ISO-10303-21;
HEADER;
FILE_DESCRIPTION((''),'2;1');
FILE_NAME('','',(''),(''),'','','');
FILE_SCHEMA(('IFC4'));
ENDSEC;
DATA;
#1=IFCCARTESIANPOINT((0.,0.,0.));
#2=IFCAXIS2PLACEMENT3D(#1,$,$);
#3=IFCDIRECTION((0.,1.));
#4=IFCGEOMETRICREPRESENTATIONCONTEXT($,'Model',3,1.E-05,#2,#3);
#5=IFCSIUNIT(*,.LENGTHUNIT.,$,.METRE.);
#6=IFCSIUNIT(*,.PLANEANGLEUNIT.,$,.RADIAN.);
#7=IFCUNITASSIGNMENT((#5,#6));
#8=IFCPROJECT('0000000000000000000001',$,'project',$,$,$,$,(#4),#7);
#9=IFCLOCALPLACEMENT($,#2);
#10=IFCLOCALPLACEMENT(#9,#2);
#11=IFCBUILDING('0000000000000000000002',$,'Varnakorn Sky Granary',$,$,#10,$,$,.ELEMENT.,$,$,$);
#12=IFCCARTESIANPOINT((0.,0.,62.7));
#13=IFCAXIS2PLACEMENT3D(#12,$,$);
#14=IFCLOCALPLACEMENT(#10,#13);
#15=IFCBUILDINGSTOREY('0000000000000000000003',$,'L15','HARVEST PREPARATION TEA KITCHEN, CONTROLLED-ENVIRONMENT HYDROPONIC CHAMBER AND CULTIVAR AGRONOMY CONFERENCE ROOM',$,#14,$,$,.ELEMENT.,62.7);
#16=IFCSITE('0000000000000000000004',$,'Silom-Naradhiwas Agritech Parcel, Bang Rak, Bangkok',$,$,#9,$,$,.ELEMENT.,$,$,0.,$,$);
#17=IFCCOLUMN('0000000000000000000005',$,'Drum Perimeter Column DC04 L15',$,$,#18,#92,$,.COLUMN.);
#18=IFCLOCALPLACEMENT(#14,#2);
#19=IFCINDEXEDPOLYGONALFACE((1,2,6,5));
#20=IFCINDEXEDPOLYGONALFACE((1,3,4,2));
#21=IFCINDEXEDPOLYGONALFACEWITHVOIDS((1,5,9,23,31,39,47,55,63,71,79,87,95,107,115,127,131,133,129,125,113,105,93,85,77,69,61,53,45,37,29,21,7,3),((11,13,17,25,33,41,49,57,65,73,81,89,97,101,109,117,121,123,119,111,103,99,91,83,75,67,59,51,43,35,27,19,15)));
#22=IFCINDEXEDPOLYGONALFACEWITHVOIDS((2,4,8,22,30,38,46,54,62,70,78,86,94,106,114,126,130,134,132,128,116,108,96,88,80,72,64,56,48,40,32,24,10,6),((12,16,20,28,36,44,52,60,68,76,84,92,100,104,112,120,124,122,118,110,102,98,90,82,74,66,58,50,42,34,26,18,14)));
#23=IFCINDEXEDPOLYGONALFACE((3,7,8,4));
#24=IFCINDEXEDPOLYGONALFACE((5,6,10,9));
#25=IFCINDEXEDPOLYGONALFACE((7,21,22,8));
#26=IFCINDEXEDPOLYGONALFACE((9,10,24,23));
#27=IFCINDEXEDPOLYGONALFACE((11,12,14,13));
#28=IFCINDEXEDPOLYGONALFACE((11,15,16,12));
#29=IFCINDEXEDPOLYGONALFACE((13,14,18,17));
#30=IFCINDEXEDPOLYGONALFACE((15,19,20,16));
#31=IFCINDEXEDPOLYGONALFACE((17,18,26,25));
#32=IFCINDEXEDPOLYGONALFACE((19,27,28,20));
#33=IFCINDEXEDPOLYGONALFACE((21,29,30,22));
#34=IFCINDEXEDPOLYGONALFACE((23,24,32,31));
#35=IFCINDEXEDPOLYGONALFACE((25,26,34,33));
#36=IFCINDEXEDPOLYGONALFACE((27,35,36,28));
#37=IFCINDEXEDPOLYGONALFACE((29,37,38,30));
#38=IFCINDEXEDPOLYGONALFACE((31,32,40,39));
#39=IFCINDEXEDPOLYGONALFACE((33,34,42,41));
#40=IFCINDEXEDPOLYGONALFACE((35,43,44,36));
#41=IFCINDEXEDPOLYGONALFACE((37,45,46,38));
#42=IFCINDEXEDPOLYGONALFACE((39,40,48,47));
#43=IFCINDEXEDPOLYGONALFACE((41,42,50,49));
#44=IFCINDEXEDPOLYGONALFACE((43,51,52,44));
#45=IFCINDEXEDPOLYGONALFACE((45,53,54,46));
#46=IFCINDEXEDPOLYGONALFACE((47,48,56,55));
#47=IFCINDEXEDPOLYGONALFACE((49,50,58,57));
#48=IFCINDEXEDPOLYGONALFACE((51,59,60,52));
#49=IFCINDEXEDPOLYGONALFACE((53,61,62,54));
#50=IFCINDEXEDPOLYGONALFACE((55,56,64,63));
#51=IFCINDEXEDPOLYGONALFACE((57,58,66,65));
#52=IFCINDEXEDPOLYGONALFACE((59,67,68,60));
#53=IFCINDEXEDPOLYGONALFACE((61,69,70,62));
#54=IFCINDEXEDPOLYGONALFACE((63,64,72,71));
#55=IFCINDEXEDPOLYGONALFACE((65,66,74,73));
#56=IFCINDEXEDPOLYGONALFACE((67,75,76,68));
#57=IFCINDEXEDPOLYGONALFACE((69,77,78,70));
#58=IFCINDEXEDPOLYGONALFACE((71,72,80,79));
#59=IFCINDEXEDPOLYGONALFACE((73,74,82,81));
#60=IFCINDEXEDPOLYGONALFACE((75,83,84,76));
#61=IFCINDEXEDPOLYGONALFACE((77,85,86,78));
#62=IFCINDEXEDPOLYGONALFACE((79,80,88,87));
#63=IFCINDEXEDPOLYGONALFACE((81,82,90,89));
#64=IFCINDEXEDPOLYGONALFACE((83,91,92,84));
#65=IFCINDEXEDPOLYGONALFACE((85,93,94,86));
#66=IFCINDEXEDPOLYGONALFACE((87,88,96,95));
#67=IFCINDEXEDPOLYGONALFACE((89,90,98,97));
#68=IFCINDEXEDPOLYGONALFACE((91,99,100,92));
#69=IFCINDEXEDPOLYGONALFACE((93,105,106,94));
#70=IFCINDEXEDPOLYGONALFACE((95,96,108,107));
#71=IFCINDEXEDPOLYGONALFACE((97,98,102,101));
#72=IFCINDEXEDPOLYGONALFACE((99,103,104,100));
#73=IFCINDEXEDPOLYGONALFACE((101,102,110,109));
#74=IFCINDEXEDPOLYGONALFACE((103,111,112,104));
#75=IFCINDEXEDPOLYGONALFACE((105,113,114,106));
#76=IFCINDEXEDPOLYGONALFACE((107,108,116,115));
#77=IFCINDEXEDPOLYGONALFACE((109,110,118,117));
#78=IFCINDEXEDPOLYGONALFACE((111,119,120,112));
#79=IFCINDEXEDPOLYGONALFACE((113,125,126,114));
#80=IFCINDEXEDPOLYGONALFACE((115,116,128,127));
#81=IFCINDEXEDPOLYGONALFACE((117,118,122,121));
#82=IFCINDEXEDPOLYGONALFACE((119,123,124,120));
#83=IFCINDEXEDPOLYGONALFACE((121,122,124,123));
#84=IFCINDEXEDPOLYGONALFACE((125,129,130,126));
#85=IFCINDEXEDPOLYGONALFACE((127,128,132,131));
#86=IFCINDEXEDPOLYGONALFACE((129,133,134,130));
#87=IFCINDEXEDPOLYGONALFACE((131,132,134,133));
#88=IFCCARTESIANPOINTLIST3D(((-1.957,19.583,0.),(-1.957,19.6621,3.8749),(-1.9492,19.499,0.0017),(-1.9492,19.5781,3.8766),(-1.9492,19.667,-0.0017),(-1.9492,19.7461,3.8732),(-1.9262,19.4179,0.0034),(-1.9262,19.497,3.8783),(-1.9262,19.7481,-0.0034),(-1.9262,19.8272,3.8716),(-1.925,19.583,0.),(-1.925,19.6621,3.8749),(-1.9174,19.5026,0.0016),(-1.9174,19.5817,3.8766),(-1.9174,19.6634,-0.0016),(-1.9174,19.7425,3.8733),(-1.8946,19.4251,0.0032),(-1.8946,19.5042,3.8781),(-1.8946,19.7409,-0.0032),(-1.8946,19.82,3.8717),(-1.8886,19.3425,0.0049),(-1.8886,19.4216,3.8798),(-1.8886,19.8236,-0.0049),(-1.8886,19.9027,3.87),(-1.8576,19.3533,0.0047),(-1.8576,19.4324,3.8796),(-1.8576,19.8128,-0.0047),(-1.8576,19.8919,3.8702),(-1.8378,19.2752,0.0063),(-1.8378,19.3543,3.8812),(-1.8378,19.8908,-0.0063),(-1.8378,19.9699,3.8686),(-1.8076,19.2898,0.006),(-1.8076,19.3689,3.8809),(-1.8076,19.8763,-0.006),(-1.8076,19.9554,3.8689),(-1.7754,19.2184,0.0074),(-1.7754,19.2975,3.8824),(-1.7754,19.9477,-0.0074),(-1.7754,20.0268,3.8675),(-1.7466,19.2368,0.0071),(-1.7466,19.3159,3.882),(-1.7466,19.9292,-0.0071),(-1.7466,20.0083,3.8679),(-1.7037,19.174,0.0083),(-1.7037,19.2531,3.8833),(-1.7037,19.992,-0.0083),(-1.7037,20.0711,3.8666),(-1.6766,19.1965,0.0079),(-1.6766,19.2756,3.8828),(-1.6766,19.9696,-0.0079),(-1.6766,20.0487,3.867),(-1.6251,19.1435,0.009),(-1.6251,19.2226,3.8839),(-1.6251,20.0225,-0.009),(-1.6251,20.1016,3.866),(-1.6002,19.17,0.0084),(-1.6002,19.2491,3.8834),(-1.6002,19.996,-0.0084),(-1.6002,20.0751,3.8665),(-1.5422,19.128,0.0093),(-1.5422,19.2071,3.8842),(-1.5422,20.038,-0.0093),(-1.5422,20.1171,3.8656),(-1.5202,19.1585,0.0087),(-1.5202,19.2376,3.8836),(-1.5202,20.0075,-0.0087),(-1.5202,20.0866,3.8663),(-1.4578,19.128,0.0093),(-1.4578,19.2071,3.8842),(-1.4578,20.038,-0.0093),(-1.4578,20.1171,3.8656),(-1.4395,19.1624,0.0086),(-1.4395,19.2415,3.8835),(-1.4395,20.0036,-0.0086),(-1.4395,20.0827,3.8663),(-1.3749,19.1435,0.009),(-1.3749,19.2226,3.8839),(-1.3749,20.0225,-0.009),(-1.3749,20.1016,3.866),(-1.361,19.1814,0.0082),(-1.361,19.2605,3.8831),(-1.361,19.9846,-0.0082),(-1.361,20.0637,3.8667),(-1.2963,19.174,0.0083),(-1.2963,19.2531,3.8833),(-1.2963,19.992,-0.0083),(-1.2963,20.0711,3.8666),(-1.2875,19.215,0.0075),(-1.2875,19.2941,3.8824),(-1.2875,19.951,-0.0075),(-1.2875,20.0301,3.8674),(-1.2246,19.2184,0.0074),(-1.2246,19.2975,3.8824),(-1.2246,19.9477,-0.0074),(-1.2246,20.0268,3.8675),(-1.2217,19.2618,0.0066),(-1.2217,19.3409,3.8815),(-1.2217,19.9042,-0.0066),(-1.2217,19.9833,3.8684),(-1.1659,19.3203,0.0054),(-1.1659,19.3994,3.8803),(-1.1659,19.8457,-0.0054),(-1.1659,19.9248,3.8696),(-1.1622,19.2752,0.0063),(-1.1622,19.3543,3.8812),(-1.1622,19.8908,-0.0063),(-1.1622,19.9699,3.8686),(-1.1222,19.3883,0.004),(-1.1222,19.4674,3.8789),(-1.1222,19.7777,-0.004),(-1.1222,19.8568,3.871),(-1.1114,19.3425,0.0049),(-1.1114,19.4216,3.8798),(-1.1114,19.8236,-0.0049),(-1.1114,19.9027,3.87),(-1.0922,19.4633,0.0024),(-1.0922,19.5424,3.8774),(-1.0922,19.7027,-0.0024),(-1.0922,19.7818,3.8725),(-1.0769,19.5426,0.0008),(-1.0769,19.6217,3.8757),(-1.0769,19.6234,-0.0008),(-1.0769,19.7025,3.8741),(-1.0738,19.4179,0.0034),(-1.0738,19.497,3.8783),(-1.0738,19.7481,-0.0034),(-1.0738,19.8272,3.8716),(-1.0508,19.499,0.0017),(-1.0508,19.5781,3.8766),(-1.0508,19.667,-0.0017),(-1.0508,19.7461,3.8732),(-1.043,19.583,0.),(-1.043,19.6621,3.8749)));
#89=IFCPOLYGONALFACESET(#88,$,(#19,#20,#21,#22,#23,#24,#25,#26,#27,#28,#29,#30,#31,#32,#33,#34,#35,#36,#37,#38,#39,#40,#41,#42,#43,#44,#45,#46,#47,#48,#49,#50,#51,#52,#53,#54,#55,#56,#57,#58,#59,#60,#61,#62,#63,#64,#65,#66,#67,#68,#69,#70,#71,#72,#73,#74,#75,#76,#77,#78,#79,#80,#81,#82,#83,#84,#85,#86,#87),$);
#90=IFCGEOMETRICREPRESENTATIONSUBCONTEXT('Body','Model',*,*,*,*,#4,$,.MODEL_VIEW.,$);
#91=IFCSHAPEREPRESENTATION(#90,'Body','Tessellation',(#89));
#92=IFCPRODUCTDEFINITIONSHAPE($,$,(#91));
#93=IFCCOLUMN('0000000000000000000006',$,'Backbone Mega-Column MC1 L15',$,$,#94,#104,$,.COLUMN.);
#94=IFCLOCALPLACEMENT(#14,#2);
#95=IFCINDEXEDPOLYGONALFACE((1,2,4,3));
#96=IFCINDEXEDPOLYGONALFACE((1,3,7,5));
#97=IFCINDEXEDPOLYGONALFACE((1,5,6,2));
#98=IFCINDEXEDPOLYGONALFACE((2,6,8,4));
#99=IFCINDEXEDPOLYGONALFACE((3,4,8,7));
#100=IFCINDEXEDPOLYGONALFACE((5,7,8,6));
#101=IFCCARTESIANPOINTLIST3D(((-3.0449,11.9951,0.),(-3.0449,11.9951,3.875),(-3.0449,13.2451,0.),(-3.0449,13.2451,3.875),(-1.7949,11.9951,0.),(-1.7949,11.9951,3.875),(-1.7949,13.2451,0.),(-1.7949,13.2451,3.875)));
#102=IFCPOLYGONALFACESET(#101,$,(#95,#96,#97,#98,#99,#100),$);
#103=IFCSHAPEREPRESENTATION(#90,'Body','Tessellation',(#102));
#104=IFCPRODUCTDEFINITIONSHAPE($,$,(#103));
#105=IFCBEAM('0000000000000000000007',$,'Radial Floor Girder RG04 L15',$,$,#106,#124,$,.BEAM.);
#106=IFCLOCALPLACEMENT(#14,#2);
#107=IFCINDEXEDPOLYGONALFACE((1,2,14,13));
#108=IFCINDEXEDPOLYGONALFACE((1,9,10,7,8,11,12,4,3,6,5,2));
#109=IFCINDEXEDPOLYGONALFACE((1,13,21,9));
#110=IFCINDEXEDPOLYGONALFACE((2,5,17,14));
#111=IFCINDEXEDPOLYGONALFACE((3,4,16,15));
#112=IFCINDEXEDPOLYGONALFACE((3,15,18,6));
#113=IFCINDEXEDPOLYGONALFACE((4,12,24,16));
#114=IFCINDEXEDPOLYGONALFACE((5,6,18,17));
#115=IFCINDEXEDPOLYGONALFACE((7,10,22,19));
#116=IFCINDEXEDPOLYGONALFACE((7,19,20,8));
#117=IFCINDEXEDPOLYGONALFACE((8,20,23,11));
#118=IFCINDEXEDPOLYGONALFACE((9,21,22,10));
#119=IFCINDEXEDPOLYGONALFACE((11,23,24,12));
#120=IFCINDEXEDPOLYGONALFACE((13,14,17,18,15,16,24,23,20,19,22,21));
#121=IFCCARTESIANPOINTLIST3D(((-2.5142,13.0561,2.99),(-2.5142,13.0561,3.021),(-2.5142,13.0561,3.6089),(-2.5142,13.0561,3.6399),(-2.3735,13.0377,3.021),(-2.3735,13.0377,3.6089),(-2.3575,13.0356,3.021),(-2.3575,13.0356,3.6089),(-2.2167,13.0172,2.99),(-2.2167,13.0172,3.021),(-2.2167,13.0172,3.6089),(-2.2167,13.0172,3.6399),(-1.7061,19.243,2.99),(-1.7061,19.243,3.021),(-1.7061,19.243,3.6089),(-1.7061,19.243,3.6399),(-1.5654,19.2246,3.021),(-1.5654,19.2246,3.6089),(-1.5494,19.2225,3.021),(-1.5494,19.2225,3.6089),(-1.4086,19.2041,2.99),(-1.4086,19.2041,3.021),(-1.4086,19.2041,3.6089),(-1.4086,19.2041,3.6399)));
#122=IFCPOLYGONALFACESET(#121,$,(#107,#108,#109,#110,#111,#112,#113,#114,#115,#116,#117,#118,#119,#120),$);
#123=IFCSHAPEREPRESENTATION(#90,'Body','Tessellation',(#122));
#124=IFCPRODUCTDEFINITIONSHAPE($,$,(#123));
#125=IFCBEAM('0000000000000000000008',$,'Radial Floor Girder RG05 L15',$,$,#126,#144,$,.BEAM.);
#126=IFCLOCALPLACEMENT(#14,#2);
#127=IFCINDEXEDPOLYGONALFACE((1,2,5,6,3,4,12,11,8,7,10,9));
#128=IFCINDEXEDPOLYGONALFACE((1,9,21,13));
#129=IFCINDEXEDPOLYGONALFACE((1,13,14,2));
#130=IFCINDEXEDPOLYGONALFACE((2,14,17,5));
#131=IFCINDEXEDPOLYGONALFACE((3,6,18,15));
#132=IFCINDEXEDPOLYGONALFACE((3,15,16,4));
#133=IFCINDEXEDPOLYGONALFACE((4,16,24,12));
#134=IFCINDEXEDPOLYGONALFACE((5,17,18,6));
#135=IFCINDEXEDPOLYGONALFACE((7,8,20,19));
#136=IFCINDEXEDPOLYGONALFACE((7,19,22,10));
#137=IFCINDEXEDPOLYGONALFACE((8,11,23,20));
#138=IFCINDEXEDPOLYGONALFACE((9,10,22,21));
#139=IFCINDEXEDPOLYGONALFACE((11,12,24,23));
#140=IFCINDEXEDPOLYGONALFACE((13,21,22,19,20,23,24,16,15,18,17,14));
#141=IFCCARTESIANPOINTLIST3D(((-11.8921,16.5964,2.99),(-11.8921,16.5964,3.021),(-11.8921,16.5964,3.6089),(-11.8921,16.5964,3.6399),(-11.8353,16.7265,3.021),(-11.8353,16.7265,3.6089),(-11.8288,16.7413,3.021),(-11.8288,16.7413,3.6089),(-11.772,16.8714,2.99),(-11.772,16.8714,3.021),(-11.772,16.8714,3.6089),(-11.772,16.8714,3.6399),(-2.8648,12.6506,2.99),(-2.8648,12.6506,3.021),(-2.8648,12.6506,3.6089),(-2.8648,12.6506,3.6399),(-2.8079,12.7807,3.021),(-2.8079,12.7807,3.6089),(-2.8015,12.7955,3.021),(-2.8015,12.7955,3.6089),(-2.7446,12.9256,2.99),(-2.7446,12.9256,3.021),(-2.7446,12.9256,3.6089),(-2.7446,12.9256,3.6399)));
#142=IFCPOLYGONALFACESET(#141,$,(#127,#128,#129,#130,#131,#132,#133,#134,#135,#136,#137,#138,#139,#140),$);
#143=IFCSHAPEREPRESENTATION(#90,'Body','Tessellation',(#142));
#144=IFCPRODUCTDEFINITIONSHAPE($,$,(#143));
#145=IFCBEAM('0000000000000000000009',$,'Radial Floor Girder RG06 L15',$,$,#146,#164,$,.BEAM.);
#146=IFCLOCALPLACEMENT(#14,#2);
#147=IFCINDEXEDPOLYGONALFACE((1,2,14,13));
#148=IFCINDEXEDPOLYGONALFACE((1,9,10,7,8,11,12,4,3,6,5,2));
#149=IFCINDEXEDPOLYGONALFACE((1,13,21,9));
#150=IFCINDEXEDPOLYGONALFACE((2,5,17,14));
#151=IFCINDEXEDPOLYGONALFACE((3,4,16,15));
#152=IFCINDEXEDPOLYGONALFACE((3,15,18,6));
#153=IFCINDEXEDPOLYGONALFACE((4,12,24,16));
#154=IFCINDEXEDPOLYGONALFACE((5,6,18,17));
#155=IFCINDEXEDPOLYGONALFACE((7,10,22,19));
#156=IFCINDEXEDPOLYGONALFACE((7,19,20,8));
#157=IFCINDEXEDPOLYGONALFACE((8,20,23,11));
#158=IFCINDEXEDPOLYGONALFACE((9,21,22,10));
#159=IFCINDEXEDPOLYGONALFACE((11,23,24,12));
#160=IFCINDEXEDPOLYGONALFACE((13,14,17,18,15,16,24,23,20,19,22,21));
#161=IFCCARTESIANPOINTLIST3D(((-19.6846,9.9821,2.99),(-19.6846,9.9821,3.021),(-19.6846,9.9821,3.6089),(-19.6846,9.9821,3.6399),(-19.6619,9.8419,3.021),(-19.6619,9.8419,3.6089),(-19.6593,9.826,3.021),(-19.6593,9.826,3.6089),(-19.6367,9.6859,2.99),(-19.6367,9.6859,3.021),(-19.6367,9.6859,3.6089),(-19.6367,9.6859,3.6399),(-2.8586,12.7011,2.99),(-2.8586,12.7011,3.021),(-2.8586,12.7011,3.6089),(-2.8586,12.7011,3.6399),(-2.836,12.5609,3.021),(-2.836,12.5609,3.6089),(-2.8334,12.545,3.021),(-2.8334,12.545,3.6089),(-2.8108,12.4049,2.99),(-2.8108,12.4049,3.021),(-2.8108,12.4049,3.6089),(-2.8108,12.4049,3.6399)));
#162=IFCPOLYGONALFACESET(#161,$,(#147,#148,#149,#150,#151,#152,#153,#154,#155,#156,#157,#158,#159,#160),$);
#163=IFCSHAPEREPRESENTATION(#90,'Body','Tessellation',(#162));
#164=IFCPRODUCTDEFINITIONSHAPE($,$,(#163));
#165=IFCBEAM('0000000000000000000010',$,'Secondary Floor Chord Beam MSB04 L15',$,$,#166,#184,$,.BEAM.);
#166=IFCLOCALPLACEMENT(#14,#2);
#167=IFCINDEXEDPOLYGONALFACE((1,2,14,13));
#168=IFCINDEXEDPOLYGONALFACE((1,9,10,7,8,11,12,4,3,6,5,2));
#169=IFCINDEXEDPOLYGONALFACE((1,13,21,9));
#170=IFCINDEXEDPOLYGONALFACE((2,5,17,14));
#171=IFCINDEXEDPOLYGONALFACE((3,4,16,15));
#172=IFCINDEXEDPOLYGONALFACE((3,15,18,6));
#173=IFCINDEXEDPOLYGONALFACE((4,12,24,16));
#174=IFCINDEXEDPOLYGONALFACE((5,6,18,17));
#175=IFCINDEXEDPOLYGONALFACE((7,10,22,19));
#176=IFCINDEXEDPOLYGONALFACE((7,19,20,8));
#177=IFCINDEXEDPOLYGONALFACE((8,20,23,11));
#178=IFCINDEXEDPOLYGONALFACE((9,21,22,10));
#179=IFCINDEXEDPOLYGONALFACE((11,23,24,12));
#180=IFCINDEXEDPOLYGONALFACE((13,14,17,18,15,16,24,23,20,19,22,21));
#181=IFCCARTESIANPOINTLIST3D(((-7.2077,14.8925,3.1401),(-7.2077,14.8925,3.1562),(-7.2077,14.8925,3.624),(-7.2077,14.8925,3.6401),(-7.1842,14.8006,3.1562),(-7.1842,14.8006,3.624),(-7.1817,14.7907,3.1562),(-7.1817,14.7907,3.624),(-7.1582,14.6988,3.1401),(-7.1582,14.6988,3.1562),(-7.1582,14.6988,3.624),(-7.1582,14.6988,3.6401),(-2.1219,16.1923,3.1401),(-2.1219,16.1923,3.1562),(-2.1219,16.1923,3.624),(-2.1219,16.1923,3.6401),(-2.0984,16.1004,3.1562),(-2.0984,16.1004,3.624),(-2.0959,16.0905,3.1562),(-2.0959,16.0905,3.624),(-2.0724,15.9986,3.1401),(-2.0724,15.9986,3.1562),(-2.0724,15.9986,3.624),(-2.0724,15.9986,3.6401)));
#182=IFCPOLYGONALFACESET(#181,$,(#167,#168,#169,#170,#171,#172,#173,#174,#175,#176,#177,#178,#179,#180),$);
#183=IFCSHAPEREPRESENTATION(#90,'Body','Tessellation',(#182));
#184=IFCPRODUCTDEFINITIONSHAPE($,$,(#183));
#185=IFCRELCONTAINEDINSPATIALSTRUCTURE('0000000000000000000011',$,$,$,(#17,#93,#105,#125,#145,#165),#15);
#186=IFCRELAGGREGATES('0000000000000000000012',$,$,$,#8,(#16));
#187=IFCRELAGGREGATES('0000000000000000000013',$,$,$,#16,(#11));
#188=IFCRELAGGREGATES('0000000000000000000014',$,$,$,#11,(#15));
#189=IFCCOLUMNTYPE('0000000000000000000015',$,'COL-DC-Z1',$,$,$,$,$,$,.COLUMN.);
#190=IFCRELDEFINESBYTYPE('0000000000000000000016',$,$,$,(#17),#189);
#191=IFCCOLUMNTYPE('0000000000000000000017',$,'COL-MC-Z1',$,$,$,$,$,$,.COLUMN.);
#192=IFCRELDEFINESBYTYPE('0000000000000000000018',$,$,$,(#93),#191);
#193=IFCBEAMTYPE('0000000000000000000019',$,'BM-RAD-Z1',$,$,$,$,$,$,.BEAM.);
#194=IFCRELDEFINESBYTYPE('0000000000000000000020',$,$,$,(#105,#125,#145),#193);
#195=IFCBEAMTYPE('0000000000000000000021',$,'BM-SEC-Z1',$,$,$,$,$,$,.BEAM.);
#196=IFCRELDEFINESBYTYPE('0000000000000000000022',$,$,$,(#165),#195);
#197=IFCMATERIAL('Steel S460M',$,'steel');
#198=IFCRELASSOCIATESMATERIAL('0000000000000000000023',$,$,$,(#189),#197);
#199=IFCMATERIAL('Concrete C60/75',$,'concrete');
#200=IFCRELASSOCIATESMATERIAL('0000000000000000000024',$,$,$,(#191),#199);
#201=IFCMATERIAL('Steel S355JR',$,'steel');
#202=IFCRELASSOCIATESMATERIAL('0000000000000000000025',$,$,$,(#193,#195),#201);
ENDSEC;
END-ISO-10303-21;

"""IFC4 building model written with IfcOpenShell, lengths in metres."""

from ifc_helpers import new_model, si_unit, direction, frame, origin, origin_2d, place, context, subcontext, project, spatial, rectangle, hollow_circle, i_section, extrude, material, material_profile, profile_set, type_object, element, save


model = new_model("IFC4")

# Units and contexts
model_context = context("Model", 3, precision=1e-05, world=origin(), true_north=direction((0.0, 1.0)))
body_context = subcontext(model_context, "Body", "Model", "MODEL_VIEW")
ifc_project = project(units=[si_unit("LENGTHUNIT", "METRE"), si_unit("PLANEANGLEUNIT", "RADIAN")], contexts=[model_context])

# Site, building, storey
site_placement = place(None, origin())
site = spatial("IfcSite", under=ifc_project, at=site_placement, Name="Silom-Naradhiwas Agritech Parcel, Bang Rak, Bangkok", CompositionType="ELEMENT", RefElevation=0.0)
building_placement = place(site_placement, origin())
building = spatial("IfcBuilding", under=site, at=building_placement, Name="Varnakorn Sky Granary", CompositionType="ELEMENT")
storey_placement = place(building_placement, frame((0.0, 0.0, 62.7)))
storey = spatial("IfcBuildingStorey", under=building, at=storey_placement, Name="L15", Description="HARVEST PREPARATION TEA KITCHEN, CONTROLLED-ENVIRONMENT HYDROPONIC CHAMBER AND CULTIVAR AGRONOMY CONFERENCE ROOM", CompositionType="ELEMENT", Elevation=62.7)

# Columns
ifc_material_1 = material(Name="Steel S460M", Category="steel")
ifc_material_profile_1 = material_profile(ifc_material_1, hollow_circle(Radius=0.457, WallThickness=0.032, at=origin_2d()), Name="CHS 914x32")
ifc_profile_set_1 = profile_set([ifc_material_profile_1], Name="Steel S460M")
column_type_1 = type_object("IfcColumnType", Name="COL-DC-Z1", PredefinedType="COLUMN", material=ifc_profile_set_1)
column_1_placement = place(storey_placement, frame((-1.5, 19.583, 0.0), z_axis=(0.0, 0.020409, 0.999792), x_axis=(-1.0, 0.0, 0.0)))
element("IfcColumn", 1, at=column_1_placement, inside=storey, type_object=column_type_1, Name="Drum Perimeter Column DC04 L15", PredefinedType="COLUMN", context=body_context, shape_type="SweptSolid", body=[
    extrude(hollow_circle(Radius=0.457, WallThickness=0.032, at=origin_2d()), origin(), (0.0, 0.0, 1.0), 3.8757),
])
ifc_material_2 = material(Name="Concrete C60/75", Category="concrete")
ifc_material_profile_2 = material_profile(ifc_material_2, rectangle(XDim=1.25, YDim=1.25, at=origin_2d()), Name="RC 1250x1250")
ifc_profile_set_2 = profile_set([ifc_material_profile_2], Name="Concrete C60/75")
column_type_2 = type_object("IfcColumnType", Name="COL-MC-Z1", PredefinedType="COLUMN", material=ifc_profile_set_2)
column_2_placement = place(storey_placement, frame((-2.4199, 12.6201, 0.0), z_axis=(0.0, 0.0, 1.0), x_axis=(1.0, 0.0, 0.0)))
element("IfcColumn", 2, at=column_2_placement, inside=storey, type_object=column_type_2, Name="Backbone Mega-Column MC1 L15", PredefinedType="COLUMN", context=body_context, shape_type="SweptSolid", body=[
    extrude(rectangle(XDim=1.25, YDim=1.25, at=origin_2d()), origin(), (0.0, 0.0, 1.0), 3.875),
])

# Beams
ifc_material_3 = material(Name="Steel S355JR", Category="steel")
ifc_material_profile_3 = material_profile(ifc_material_3, i_section(OverallWidth=0.3, OverallDepth=0.6499, WebThickness=0.0161, FlangeThickness=0.031, at=origin_2d()), Name="HE 650 B")
ifc_profile_set_3 = profile_set([ifc_material_profile_3], Name="Steel S355JR")
beam_type_1 = type_object("IfcBeamType", Name="BM-RAD-Z1", PredefinedType="BEAM", material=ifc_profile_set_3)
beam_1_placement = place(storey_placement, frame((-2.3655, 13.0366, 3.3149), z_axis=(0.129513, 0.991578, 0.0), x_axis=(-0.991578, 0.129513, 0.0)))
element("IfcBeam", 3, at=beam_1_placement, inside=storey, type_object=beam_type_1, Name="Radial Floor Girder RG04 L15", PredefinedType="BEAM", context=body_context, shape_type="SweptSolid", body=[
    extrude(i_section(OverallWidth=0.3, OverallDepth=0.6499, WebThickness=0.0161, FlangeThickness=0.031, at=origin_2d()), origin(), (0.0, 0.0, 1.0), 6.2395),
])
beam_2_placement = place(storey_placement, frame((-2.8047, 12.7881, 3.3149), z_axis=(-0.916294, 0.400507, 0.0), x_axis=(-0.400507, -0.916294, 0.0)))
element("IfcBeam", 4, at=beam_2_placement, inside=storey, type_object=beam_type_1, Name="Radial Floor Girder RG05 L15", PredefinedType="BEAM", context=body_context, shape_type="SweptSolid", body=[
    extrude(i_section(OverallWidth=0.3, OverallDepth=0.6499, WebThickness=0.0161, FlangeThickness=0.031, at=origin_2d()), origin(), (0.0, 0.0, 1.0), 9.8521),
])
beam_3_placement = place(storey_placement, frame((-2.8347, 12.553, 3.3149), z_axis=(-0.987194, -0.159526, 0.0), x_axis=(0.159526, -0.987194, 0.0)))
element("IfcBeam", 5, at=beam_3_placement, inside=storey, type_object=beam_type_1, Name="Radial Floor Girder RG06 L15", PredefinedType="BEAM", context=body_context, shape_type="SweptSolid", body=[
    extrude(i_section(OverallWidth=0.3, OverallDepth=0.6499, WebThickness=0.0161, FlangeThickness=0.031, at=origin_2d()), origin(), (0.0, 0.0, 1.0), 17.0442),
])
ifc_material_profile_4 = material_profile(ifc_material_3, i_section(OverallWidth=0.2, OverallDepth=0.5, WebThickness=0.0103, FlangeThickness=0.0161, at=origin_2d()), Name="IPE 500")
ifc_profile_set_4 = profile_set([ifc_material_profile_4], Name="Steel S355JR")
beam_type_2 = type_object("IfcBeamType", Name="BM-SEC-Z1", PredefinedType="BEAM", material=ifc_profile_set_4)
beam_4_placement = place(storey_placement, frame((-2.0972, 16.0955, 3.3901), z_axis=(-0.968857, -0.247621, 0.0), x_axis=(0.247621, -0.968857, 0.0)))
element("IfcBeam", 6, at=beam_4_placement, inside=storey, type_object=beam_type_2, Name="Secondary Floor Chord Beam MSB04 L15", PredefinedType="BEAM", context=body_context, shape_type="SweptSolid", body=[
    extrude(i_section(OverallWidth=0.2, OverallDepth=0.5, WebThickness=0.0103, FlangeThickness=0.0161, at=origin_2d()), origin(), (0.0, 0.0, 1.0), 5.2493),
])

save(model, "model.ifc")
